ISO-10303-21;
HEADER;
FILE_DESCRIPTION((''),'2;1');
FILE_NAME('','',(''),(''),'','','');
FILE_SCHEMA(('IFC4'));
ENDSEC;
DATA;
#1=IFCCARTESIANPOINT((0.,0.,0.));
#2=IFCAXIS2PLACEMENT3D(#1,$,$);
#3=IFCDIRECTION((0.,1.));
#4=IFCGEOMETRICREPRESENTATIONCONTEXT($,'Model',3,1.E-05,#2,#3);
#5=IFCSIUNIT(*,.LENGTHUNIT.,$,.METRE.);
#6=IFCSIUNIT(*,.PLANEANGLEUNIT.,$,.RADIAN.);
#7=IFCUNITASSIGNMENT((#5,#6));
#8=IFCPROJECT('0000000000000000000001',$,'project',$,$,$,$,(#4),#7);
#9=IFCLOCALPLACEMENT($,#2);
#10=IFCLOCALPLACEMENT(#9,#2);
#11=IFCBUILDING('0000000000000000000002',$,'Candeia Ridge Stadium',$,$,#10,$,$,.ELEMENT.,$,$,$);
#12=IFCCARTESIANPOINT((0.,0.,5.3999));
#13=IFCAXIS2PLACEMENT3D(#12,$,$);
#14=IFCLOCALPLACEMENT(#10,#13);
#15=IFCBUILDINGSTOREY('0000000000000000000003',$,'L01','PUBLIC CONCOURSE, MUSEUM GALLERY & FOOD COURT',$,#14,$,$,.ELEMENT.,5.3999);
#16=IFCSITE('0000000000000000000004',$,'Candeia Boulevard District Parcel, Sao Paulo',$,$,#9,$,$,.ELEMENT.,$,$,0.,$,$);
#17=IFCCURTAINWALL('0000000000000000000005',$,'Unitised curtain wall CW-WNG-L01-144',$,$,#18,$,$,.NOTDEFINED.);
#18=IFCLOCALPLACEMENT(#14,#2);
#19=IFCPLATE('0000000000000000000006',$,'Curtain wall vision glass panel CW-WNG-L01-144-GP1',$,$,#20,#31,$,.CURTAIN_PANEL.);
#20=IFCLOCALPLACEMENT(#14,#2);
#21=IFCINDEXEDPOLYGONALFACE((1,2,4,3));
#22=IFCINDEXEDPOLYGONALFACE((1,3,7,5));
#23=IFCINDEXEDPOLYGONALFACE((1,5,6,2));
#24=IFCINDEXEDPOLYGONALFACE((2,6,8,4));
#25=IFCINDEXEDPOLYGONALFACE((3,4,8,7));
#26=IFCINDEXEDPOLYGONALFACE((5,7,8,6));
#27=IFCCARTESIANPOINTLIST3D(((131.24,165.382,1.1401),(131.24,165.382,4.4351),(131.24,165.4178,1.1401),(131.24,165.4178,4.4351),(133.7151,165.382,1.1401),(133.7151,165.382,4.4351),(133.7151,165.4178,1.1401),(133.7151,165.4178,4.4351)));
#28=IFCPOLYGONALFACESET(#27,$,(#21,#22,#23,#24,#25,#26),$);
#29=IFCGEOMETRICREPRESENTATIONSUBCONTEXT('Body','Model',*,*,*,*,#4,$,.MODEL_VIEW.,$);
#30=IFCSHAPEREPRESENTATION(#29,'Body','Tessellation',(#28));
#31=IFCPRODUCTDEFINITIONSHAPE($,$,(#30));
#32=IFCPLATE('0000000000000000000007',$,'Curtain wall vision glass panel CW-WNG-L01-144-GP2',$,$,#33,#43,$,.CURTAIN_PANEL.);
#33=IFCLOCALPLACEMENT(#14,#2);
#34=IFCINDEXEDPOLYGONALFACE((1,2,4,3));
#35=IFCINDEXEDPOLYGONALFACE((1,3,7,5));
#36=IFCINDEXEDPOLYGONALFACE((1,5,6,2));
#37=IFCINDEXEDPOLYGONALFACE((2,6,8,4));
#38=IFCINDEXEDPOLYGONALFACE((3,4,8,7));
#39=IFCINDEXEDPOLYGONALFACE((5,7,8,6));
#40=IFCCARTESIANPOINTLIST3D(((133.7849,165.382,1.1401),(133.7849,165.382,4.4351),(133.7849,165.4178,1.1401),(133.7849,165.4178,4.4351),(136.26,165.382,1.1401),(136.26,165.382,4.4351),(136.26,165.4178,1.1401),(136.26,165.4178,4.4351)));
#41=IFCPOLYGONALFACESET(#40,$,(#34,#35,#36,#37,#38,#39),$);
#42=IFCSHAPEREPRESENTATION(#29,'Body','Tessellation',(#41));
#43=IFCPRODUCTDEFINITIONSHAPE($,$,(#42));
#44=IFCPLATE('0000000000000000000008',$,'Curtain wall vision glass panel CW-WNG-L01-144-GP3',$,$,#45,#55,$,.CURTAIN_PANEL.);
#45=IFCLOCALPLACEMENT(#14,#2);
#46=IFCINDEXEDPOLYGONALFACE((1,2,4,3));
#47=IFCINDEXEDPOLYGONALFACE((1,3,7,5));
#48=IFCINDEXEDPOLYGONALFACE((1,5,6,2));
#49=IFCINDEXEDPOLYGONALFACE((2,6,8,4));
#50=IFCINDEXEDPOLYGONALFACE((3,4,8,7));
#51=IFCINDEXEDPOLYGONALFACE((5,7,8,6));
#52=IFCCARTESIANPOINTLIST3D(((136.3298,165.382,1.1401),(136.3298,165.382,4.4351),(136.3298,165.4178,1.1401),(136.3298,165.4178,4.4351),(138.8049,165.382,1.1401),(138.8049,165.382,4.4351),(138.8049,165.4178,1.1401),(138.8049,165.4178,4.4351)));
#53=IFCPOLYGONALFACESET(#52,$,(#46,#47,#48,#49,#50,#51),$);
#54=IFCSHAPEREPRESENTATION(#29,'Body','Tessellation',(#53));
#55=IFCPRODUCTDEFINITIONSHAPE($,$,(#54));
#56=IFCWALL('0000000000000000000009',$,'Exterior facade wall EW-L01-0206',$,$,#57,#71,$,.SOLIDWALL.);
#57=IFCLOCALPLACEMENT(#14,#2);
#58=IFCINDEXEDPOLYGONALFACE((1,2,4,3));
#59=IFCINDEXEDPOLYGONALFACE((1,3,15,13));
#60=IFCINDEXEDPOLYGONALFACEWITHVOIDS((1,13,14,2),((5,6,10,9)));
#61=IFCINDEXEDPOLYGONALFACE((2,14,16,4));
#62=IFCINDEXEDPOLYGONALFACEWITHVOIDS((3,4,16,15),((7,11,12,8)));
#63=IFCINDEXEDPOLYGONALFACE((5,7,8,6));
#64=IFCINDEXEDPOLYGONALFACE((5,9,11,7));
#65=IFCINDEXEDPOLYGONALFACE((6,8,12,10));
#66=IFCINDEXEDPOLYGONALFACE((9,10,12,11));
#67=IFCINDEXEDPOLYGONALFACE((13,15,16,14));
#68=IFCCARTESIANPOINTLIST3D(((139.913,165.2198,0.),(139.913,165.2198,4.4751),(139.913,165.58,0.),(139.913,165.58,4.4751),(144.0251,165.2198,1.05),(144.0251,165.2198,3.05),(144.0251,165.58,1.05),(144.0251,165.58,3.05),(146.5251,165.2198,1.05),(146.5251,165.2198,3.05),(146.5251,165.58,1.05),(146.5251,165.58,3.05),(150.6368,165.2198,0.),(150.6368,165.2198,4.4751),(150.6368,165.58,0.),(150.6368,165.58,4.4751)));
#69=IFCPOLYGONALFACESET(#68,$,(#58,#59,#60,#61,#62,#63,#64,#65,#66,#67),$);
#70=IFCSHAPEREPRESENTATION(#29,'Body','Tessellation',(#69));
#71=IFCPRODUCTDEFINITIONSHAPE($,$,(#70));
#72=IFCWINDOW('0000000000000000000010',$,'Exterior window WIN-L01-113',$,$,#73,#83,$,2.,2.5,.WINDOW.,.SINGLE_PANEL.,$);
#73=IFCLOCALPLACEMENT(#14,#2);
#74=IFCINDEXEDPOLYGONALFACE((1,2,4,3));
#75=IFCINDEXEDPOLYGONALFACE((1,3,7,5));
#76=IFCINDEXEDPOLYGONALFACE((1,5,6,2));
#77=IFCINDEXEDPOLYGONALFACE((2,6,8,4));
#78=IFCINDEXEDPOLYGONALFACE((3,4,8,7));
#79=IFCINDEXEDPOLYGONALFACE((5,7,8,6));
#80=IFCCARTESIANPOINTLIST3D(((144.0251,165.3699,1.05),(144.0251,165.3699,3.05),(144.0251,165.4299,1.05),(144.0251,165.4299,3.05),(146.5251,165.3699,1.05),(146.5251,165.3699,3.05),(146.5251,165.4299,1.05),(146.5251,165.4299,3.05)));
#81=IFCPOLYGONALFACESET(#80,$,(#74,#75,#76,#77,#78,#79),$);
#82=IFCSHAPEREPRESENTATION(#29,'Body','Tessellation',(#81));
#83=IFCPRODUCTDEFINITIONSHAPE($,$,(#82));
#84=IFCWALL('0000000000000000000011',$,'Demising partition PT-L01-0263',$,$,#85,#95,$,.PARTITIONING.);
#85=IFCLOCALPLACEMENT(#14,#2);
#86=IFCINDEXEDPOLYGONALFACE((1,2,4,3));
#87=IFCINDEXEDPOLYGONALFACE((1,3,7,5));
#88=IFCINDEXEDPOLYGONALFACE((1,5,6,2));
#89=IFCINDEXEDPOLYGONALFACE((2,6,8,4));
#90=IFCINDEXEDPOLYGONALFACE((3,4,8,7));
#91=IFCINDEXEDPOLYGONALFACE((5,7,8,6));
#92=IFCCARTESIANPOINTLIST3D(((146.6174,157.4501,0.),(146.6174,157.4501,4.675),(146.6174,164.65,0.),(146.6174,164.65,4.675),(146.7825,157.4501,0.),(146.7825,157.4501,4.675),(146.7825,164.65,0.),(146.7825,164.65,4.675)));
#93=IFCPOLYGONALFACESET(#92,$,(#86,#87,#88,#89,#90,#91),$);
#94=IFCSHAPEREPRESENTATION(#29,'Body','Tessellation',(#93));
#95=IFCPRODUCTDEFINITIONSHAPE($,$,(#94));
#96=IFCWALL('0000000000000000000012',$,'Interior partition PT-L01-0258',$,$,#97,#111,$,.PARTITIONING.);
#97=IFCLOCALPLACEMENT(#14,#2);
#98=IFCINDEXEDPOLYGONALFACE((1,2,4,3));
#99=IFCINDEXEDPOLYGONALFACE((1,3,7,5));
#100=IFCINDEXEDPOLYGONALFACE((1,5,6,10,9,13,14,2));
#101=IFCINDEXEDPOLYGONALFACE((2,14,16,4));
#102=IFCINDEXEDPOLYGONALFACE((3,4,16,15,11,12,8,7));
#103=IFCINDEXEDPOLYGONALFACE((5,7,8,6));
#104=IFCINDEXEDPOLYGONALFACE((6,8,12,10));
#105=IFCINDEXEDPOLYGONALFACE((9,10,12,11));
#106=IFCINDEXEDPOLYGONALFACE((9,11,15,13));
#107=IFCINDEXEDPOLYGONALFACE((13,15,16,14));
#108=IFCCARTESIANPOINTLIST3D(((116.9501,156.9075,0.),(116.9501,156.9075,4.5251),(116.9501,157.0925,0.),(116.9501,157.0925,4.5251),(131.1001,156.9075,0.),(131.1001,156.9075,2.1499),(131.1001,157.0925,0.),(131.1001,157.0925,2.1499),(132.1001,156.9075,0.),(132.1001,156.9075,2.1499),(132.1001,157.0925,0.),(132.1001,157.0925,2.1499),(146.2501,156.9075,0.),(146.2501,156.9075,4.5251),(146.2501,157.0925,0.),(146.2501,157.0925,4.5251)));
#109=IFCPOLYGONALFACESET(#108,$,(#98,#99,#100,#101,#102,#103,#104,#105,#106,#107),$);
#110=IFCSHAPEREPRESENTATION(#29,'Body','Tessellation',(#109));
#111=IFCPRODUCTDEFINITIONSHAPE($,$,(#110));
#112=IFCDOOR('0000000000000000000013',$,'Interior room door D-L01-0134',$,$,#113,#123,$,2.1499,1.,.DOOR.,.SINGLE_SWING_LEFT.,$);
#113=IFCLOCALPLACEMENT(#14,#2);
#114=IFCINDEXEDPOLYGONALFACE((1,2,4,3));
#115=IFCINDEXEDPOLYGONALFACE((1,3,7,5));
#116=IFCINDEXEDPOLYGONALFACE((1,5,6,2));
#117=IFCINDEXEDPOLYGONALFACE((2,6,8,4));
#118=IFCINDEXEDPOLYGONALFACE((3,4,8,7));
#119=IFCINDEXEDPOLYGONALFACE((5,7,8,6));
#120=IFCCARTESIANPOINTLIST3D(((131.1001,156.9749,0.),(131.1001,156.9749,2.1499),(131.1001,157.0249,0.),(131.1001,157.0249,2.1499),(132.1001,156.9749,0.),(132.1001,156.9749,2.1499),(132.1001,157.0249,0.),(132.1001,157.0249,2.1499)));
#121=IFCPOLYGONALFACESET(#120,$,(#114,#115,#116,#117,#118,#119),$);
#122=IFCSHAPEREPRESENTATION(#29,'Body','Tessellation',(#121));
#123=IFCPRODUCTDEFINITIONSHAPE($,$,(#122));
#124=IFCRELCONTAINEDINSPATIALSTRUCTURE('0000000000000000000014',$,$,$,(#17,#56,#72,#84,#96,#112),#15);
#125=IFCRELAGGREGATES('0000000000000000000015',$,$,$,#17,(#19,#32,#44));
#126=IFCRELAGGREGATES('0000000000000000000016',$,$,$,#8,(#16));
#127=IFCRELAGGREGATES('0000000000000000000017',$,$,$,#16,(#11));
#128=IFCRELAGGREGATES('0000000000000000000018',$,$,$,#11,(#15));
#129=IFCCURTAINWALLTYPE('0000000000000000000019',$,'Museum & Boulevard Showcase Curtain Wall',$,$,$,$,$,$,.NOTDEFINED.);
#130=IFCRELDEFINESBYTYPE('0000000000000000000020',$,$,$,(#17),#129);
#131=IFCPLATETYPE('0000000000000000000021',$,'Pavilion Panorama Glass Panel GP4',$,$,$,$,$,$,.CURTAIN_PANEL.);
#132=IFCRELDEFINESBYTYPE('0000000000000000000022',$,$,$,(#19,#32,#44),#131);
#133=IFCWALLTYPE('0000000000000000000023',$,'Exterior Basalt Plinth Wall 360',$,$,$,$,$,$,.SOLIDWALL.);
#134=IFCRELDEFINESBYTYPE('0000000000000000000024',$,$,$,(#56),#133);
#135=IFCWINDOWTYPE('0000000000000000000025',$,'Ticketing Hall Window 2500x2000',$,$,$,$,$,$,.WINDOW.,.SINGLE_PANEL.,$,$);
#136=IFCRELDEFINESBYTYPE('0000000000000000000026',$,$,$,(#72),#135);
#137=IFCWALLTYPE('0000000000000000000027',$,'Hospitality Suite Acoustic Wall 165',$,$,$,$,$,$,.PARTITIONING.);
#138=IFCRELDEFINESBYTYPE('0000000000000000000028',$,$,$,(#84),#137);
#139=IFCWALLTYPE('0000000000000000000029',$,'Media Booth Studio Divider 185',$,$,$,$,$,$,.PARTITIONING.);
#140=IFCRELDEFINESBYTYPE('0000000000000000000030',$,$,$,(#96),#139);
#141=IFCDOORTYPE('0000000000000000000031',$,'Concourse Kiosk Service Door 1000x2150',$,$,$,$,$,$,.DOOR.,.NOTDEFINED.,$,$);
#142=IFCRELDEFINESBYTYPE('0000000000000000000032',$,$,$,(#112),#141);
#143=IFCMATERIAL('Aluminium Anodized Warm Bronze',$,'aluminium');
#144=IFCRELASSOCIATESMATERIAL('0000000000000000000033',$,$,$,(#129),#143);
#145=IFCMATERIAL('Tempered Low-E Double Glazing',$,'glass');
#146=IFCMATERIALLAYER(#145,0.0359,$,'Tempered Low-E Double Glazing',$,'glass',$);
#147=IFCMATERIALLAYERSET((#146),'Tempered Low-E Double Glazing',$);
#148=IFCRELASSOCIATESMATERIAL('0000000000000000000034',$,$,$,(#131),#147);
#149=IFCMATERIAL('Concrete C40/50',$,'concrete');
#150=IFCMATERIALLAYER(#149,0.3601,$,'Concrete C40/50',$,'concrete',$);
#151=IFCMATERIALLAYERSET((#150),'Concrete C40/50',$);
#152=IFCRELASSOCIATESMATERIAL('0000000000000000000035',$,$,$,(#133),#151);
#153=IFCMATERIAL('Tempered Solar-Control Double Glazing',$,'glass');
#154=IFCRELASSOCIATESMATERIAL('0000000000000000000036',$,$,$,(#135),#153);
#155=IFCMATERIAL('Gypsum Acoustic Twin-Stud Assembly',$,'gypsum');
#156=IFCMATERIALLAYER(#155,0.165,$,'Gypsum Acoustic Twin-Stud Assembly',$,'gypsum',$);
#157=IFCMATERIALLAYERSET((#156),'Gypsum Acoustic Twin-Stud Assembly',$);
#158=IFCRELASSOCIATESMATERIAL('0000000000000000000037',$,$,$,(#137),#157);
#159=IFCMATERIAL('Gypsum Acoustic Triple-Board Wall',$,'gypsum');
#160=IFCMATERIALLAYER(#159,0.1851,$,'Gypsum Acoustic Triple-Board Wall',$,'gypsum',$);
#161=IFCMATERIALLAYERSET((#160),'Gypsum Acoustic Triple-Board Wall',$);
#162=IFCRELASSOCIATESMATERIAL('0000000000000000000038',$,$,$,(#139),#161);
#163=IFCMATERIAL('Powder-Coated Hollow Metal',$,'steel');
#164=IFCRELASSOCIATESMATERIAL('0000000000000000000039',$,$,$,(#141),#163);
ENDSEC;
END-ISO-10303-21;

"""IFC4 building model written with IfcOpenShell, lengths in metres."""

from ifc_helpers import new_model, si_unit, direction, frame, frame_2d, origin, origin_2d, place, context, subcontext, project, spatial, rectangle, extrude, material, layer, layer_set, type_object, element, fill, aggregate, save


model = new_model("IFC4")

# Units and contexts
model_context = context("Model", 3, precision=1e-05, world=origin(), true_north=direction((0.0, 1.0)))
body_context = subcontext(model_context, "Body", "Model", "MODEL_VIEW")
ifc_project = project(units=[si_unit("LENGTHUNIT", "METRE"), si_unit("PLANEANGLEUNIT", "RADIAN")], contexts=[model_context])

# Site, building, storey
site_placement = place(None, origin())
site = spatial("IfcSite", under=ifc_project, at=site_placement, Name="Candeia Boulevard District Parcel, Sao Paulo", CompositionType="ELEMENT", RefElevation=0.0)
building_placement = place(site_placement, origin())
building = spatial("IfcBuilding", under=site, at=building_placement, Name="Candeia Ridge Stadium", CompositionType="ELEMENT")
storey_placement = place(building_placement, frame((0.0, 0.0, 5.3999)))
storey = spatial("IfcBuildingStorey", under=building, at=storey_placement, Name="L01", Description="PUBLIC CONCOURSE, MUSEUM GALLERY & FOOD COURT", CompositionType="ELEMENT", Elevation=5.3999)

# Shared definitions
ifc_material_1 = material(Name="Concrete C40/50", Category="concrete")

# Curtain wall
ifc_material_2 = material(Name="Aluminium Anodized Warm Bronze", Category="aluminium")
curtain_wall_type = type_object("IfcCurtainWallType", Name="Museum & Boulevard Showcase Curtain Wall", PredefinedType="NOTDEFINED", material=ifc_material_2)
curtain_wall_placement = place(storey_placement, origin())
curtain_wall = element("IfcCurtainWall", 1, at=curtain_wall_placement, inside=storey, type_object=curtain_wall_type, Name="Unitised curtain wall CW-WNG-L01-144", PredefinedType="NOTDEFINED")

# Plates
ifc_material_3 = material(Name="Tempered Low-E Double Glazing", Category="glass")
ifc_layer_1 = layer(ifc_material_3, 0.0359, Name="Tempered Low-E Double Glazing", Category="glass")
ifc_layer_set_1 = layer_set([ifc_layer_1], Name="Tempered Low-E Double Glazing")
plate_type_1 = type_object("IfcPlateType", Name="Pavilion Panorama Glass Panel GP4", PredefinedType="CURTAIN_PANEL", material=ifc_layer_set_1)
plate_1_placement = place(storey_placement, frame((132.4775, 165.3999, 1.1401), z_axis=(0.0, 0.0, 1.0), x_axis=(1.0, 0.0, 0.0)))
plate_1 = element("IfcPlate", 2, at=plate_1_placement, type_object=plate_type_1, Name="Curtain wall vision glass panel CW-WNG-L01-144-GP1", PredefinedType="CURTAIN_PANEL", context=body_context, shape_type="SweptSolid", body=[
    extrude(rectangle(XDim=2.4751, YDim=0.0359, at=origin_2d()), origin(), (0.0, 0.0, 1.0), 3.2949),
])
plate_2_placement = place(storey_placement, frame((135.0225, 165.3999, 1.1401), z_axis=(0.0, 0.0, 1.0), x_axis=(1.0, 0.0, 0.0)))
plate_2 = element("IfcPlate", 3, at=plate_2_placement, type_object=plate_type_1, Name="Curtain wall vision glass panel CW-WNG-L01-144-GP2", PredefinedType="CURTAIN_PANEL", context=body_context, shape_type="SweptSolid", body=[
    extrude(rectangle(XDim=2.4751, YDim=0.0359, at=origin_2d()), origin(), (0.0, 0.0, 1.0), 3.2949),
])
plate_3_placement = place(storey_placement, frame((137.5674, 165.3999, 1.1401), z_axis=(0.0, 0.0, 1.0), x_axis=(1.0, 0.0, 0.0)))
plate_3 = element("IfcPlate", 4, at=plate_3_placement, type_object=plate_type_1, Name="Curtain wall vision glass panel CW-WNG-L01-144-GP3", PredefinedType="CURTAIN_PANEL", context=body_context, shape_type="SweptSolid", body=[
    extrude(rectangle(XDim=2.4751, YDim=0.0359, at=origin_2d()), origin(), (0.0, 0.0, 1.0), 3.2949),
])
aggregate(curtain_wall, [plate_1, plate_2, plate_3])

# Wall, opening, window
ifc_layer_2 = layer(ifc_material_1, 0.3601, Name="Concrete C40/50", Category="concrete")
ifc_layer_set_2 = layer_set([ifc_layer_2], Name="Concrete C40/50")
wall_type_1 = type_object("IfcWallType", Name="Exterior Basalt Plinth Wall 360", PredefinedType="SOLIDWALL", material=ifc_layer_set_2)
wall_1_placement = place(storey_placement, frame((139.9131, 165.3999, 0.0), z_axis=(0.0, 0.0, 1.0), x_axis=(1.0, 0.0, 0.0)))
wall_1 = element("IfcWall", 5, at=wall_1_placement, inside=storey, type_object=wall_type_1, Name="Exterior facade wall EW-L01-0206", PredefinedType="SOLIDWALL", context=body_context, shape_type="SweptSolid", body=[
    extrude(rectangle(XDim=10.7239, YDim=0.3601, at=frame_2d((5.3618, 0.0))), origin(), (0.0, 0.0, 1.0), 4.4751),
])
opening_1_placement = place(wall_1_placement, frame((4.1121, 0.0, 1.05)))
opening_1 = element("IfcOpeningElement", 6, at=opening_1_placement, cuts=wall_1, PredefinedType="OPENING", context=body_context, shape_type="SweptSolid", body=[
    extrude(rectangle(XDim=2.5, YDim=2.0, at=frame_2d((1.25, 1.0))), frame((0.0, 0.1899, 0.0), z_axis=(0.0, -1.0, 0.0), x_axis=(1.0, 0.0, 0.0)), (0.0, 0.0, 1.0), 0.3801),
])
ifc_material_4 = material(Name="Tempered Solar-Control Double Glazing", Category="glass")
window_type = type_object("IfcWindowType", Name="Ticketing Hall Window 2500x2000", PartitioningType="SINGLE_PANEL", PredefinedType="WINDOW", material=ifc_material_4)
window_placement = place(opening_1_placement, origin())
window = element("IfcWindow", 7, at=window_placement, inside=storey, type_object=window_type, Name="Exterior window WIN-L01-113", OverallHeight=2.0, OverallWidth=2.5, PartitioningType="SINGLE_PANEL", PredefinedType="WINDOW", context=body_context, shape_type="SweptSolid", body=[
    extrude(rectangle(XDim=2.5, YDim=2.0, at=frame_2d((1.25, 1.0))), frame((0.0, 0.03, 0.0), z_axis=(0.0, -1.0, 0.0), x_axis=(1.0, 0.0, 0.0)), (0.0, 0.0, 1.0), 0.0601),
])
fill(opening_1, window)

# Wall
ifc_material_5 = material(Name="Gypsum Acoustic Twin-Stud Assembly", Category="gypsum")
ifc_layer_3 = layer(ifc_material_5, 0.165, Name="Gypsum Acoustic Twin-Stud Assembly", Category="gypsum")
ifc_layer_set_3 = layer_set([ifc_layer_3], Name="Gypsum Acoustic Twin-Stud Assembly")
wall_type_2 = type_object("IfcWallType", Name="Hospitality Suite Acoustic Wall 165", PredefinedType="PARTITIONING", material=ifc_layer_set_3)
wall_2_placement = place(storey_placement, frame((146.7, 157.45, 0.0), z_axis=(0.0, 0.0, 1.0), x_axis=(0.0, 1.0, 0.0)))
element("IfcWall", 8, at=wall_2_placement, inside=storey, type_object=wall_type_2, Name="Demising partition PT-L01-0263", PredefinedType="PARTITIONING", context=body_context, shape_type="SweptSolid", body=[
    extrude(rectangle(XDim=7.2, YDim=0.165, at=frame_2d((3.6001, 0.0))), origin(), (0.0, 0.0, 1.0), 4.675),
])

# Wall, opening, door
ifc_material_6 = material(Name="Gypsum Acoustic Triple-Board Wall", Category="gypsum")
ifc_layer_4 = layer(ifc_material_6, 0.1851, Name="Gypsum Acoustic Triple-Board Wall", Category="gypsum")
ifc_layer_set_4 = layer_set([ifc_layer_4], Name="Gypsum Acoustic Triple-Board Wall")
wall_type_3 = type_object("IfcWallType", Name="Media Booth Studio Divider 185", PredefinedType="PARTITIONING", material=ifc_layer_set_4)
wall_3_placement = place(storey_placement, frame((146.25, 157.0, 0.0), z_axis=(0.0, 0.0, 1.0), x_axis=(-1.0, 0.0, 0.0)))
wall_3 = element("IfcWall", 9, at=wall_3_placement, inside=storey, type_object=wall_type_3, Name="Interior partition PT-L01-0258", PredefinedType="PARTITIONING", context=body_context, shape_type="SweptSolid", body=[
    extrude(rectangle(XDim=29.3, YDim=0.1851, at=frame_2d((14.6499, 0.0))), origin(), (0.0, 0.0, 1.0), 4.5251),
])
opening_2_placement = place(wall_3_placement, frame((14.1499, 0.0, 0.0)))
opening_2 = element("IfcOpeningElement", 10, at=opening_2_placement, cuts=wall_3, PredefinedType="OPENING", context=body_context, shape_type="SweptSolid", body=[
    extrude(rectangle(XDim=1.0, YDim=2.1499, at=frame_2d((0.5, 1.075))), frame((0.0, 0.1025, 0.0), z_axis=(0.0, -1.0, 0.0), x_axis=(1.0, 0.0, 0.0)), (0.0, 0.0, 1.0), 0.2051),
])
ifc_material_7 = material(Name="Powder-Coated Hollow Metal", Category="steel")
door_type = type_object("IfcDoorType", Name="Concourse Kiosk Service Door 1000x2150", OperationType="NOTDEFINED", PredefinedType="DOOR", material=ifc_material_7)
door_placement = place(opening_2_placement, frame((1.0, 0.0, 0.0), z_axis=(0.0, 0.0, 1.0), x_axis=(-1.0, 0.0, 0.0)))
door = element("IfcDoor", 11, at=door_placement, inside=storey, type_object=door_type, Name="Interior room door D-L01-0134", OperationType="SINGLE_SWING_LEFT", OverallHeight=2.1499, OverallWidth=1.0, PredefinedType="DOOR", context=body_context, shape_type="SweptSolid", body=[
    extrude(rectangle(XDim=1.0, YDim=2.1499, at=frame_2d((0.5, 1.075))), frame((0.0, 0.0249, 0.0), z_axis=(0.0, -1.0, 0.0), x_axis=(1.0, 0.0, 0.0)), (0.0, 0.0, 1.0), 0.05),
])
fill(opening_2, door)

save(model, "model.ifc")
